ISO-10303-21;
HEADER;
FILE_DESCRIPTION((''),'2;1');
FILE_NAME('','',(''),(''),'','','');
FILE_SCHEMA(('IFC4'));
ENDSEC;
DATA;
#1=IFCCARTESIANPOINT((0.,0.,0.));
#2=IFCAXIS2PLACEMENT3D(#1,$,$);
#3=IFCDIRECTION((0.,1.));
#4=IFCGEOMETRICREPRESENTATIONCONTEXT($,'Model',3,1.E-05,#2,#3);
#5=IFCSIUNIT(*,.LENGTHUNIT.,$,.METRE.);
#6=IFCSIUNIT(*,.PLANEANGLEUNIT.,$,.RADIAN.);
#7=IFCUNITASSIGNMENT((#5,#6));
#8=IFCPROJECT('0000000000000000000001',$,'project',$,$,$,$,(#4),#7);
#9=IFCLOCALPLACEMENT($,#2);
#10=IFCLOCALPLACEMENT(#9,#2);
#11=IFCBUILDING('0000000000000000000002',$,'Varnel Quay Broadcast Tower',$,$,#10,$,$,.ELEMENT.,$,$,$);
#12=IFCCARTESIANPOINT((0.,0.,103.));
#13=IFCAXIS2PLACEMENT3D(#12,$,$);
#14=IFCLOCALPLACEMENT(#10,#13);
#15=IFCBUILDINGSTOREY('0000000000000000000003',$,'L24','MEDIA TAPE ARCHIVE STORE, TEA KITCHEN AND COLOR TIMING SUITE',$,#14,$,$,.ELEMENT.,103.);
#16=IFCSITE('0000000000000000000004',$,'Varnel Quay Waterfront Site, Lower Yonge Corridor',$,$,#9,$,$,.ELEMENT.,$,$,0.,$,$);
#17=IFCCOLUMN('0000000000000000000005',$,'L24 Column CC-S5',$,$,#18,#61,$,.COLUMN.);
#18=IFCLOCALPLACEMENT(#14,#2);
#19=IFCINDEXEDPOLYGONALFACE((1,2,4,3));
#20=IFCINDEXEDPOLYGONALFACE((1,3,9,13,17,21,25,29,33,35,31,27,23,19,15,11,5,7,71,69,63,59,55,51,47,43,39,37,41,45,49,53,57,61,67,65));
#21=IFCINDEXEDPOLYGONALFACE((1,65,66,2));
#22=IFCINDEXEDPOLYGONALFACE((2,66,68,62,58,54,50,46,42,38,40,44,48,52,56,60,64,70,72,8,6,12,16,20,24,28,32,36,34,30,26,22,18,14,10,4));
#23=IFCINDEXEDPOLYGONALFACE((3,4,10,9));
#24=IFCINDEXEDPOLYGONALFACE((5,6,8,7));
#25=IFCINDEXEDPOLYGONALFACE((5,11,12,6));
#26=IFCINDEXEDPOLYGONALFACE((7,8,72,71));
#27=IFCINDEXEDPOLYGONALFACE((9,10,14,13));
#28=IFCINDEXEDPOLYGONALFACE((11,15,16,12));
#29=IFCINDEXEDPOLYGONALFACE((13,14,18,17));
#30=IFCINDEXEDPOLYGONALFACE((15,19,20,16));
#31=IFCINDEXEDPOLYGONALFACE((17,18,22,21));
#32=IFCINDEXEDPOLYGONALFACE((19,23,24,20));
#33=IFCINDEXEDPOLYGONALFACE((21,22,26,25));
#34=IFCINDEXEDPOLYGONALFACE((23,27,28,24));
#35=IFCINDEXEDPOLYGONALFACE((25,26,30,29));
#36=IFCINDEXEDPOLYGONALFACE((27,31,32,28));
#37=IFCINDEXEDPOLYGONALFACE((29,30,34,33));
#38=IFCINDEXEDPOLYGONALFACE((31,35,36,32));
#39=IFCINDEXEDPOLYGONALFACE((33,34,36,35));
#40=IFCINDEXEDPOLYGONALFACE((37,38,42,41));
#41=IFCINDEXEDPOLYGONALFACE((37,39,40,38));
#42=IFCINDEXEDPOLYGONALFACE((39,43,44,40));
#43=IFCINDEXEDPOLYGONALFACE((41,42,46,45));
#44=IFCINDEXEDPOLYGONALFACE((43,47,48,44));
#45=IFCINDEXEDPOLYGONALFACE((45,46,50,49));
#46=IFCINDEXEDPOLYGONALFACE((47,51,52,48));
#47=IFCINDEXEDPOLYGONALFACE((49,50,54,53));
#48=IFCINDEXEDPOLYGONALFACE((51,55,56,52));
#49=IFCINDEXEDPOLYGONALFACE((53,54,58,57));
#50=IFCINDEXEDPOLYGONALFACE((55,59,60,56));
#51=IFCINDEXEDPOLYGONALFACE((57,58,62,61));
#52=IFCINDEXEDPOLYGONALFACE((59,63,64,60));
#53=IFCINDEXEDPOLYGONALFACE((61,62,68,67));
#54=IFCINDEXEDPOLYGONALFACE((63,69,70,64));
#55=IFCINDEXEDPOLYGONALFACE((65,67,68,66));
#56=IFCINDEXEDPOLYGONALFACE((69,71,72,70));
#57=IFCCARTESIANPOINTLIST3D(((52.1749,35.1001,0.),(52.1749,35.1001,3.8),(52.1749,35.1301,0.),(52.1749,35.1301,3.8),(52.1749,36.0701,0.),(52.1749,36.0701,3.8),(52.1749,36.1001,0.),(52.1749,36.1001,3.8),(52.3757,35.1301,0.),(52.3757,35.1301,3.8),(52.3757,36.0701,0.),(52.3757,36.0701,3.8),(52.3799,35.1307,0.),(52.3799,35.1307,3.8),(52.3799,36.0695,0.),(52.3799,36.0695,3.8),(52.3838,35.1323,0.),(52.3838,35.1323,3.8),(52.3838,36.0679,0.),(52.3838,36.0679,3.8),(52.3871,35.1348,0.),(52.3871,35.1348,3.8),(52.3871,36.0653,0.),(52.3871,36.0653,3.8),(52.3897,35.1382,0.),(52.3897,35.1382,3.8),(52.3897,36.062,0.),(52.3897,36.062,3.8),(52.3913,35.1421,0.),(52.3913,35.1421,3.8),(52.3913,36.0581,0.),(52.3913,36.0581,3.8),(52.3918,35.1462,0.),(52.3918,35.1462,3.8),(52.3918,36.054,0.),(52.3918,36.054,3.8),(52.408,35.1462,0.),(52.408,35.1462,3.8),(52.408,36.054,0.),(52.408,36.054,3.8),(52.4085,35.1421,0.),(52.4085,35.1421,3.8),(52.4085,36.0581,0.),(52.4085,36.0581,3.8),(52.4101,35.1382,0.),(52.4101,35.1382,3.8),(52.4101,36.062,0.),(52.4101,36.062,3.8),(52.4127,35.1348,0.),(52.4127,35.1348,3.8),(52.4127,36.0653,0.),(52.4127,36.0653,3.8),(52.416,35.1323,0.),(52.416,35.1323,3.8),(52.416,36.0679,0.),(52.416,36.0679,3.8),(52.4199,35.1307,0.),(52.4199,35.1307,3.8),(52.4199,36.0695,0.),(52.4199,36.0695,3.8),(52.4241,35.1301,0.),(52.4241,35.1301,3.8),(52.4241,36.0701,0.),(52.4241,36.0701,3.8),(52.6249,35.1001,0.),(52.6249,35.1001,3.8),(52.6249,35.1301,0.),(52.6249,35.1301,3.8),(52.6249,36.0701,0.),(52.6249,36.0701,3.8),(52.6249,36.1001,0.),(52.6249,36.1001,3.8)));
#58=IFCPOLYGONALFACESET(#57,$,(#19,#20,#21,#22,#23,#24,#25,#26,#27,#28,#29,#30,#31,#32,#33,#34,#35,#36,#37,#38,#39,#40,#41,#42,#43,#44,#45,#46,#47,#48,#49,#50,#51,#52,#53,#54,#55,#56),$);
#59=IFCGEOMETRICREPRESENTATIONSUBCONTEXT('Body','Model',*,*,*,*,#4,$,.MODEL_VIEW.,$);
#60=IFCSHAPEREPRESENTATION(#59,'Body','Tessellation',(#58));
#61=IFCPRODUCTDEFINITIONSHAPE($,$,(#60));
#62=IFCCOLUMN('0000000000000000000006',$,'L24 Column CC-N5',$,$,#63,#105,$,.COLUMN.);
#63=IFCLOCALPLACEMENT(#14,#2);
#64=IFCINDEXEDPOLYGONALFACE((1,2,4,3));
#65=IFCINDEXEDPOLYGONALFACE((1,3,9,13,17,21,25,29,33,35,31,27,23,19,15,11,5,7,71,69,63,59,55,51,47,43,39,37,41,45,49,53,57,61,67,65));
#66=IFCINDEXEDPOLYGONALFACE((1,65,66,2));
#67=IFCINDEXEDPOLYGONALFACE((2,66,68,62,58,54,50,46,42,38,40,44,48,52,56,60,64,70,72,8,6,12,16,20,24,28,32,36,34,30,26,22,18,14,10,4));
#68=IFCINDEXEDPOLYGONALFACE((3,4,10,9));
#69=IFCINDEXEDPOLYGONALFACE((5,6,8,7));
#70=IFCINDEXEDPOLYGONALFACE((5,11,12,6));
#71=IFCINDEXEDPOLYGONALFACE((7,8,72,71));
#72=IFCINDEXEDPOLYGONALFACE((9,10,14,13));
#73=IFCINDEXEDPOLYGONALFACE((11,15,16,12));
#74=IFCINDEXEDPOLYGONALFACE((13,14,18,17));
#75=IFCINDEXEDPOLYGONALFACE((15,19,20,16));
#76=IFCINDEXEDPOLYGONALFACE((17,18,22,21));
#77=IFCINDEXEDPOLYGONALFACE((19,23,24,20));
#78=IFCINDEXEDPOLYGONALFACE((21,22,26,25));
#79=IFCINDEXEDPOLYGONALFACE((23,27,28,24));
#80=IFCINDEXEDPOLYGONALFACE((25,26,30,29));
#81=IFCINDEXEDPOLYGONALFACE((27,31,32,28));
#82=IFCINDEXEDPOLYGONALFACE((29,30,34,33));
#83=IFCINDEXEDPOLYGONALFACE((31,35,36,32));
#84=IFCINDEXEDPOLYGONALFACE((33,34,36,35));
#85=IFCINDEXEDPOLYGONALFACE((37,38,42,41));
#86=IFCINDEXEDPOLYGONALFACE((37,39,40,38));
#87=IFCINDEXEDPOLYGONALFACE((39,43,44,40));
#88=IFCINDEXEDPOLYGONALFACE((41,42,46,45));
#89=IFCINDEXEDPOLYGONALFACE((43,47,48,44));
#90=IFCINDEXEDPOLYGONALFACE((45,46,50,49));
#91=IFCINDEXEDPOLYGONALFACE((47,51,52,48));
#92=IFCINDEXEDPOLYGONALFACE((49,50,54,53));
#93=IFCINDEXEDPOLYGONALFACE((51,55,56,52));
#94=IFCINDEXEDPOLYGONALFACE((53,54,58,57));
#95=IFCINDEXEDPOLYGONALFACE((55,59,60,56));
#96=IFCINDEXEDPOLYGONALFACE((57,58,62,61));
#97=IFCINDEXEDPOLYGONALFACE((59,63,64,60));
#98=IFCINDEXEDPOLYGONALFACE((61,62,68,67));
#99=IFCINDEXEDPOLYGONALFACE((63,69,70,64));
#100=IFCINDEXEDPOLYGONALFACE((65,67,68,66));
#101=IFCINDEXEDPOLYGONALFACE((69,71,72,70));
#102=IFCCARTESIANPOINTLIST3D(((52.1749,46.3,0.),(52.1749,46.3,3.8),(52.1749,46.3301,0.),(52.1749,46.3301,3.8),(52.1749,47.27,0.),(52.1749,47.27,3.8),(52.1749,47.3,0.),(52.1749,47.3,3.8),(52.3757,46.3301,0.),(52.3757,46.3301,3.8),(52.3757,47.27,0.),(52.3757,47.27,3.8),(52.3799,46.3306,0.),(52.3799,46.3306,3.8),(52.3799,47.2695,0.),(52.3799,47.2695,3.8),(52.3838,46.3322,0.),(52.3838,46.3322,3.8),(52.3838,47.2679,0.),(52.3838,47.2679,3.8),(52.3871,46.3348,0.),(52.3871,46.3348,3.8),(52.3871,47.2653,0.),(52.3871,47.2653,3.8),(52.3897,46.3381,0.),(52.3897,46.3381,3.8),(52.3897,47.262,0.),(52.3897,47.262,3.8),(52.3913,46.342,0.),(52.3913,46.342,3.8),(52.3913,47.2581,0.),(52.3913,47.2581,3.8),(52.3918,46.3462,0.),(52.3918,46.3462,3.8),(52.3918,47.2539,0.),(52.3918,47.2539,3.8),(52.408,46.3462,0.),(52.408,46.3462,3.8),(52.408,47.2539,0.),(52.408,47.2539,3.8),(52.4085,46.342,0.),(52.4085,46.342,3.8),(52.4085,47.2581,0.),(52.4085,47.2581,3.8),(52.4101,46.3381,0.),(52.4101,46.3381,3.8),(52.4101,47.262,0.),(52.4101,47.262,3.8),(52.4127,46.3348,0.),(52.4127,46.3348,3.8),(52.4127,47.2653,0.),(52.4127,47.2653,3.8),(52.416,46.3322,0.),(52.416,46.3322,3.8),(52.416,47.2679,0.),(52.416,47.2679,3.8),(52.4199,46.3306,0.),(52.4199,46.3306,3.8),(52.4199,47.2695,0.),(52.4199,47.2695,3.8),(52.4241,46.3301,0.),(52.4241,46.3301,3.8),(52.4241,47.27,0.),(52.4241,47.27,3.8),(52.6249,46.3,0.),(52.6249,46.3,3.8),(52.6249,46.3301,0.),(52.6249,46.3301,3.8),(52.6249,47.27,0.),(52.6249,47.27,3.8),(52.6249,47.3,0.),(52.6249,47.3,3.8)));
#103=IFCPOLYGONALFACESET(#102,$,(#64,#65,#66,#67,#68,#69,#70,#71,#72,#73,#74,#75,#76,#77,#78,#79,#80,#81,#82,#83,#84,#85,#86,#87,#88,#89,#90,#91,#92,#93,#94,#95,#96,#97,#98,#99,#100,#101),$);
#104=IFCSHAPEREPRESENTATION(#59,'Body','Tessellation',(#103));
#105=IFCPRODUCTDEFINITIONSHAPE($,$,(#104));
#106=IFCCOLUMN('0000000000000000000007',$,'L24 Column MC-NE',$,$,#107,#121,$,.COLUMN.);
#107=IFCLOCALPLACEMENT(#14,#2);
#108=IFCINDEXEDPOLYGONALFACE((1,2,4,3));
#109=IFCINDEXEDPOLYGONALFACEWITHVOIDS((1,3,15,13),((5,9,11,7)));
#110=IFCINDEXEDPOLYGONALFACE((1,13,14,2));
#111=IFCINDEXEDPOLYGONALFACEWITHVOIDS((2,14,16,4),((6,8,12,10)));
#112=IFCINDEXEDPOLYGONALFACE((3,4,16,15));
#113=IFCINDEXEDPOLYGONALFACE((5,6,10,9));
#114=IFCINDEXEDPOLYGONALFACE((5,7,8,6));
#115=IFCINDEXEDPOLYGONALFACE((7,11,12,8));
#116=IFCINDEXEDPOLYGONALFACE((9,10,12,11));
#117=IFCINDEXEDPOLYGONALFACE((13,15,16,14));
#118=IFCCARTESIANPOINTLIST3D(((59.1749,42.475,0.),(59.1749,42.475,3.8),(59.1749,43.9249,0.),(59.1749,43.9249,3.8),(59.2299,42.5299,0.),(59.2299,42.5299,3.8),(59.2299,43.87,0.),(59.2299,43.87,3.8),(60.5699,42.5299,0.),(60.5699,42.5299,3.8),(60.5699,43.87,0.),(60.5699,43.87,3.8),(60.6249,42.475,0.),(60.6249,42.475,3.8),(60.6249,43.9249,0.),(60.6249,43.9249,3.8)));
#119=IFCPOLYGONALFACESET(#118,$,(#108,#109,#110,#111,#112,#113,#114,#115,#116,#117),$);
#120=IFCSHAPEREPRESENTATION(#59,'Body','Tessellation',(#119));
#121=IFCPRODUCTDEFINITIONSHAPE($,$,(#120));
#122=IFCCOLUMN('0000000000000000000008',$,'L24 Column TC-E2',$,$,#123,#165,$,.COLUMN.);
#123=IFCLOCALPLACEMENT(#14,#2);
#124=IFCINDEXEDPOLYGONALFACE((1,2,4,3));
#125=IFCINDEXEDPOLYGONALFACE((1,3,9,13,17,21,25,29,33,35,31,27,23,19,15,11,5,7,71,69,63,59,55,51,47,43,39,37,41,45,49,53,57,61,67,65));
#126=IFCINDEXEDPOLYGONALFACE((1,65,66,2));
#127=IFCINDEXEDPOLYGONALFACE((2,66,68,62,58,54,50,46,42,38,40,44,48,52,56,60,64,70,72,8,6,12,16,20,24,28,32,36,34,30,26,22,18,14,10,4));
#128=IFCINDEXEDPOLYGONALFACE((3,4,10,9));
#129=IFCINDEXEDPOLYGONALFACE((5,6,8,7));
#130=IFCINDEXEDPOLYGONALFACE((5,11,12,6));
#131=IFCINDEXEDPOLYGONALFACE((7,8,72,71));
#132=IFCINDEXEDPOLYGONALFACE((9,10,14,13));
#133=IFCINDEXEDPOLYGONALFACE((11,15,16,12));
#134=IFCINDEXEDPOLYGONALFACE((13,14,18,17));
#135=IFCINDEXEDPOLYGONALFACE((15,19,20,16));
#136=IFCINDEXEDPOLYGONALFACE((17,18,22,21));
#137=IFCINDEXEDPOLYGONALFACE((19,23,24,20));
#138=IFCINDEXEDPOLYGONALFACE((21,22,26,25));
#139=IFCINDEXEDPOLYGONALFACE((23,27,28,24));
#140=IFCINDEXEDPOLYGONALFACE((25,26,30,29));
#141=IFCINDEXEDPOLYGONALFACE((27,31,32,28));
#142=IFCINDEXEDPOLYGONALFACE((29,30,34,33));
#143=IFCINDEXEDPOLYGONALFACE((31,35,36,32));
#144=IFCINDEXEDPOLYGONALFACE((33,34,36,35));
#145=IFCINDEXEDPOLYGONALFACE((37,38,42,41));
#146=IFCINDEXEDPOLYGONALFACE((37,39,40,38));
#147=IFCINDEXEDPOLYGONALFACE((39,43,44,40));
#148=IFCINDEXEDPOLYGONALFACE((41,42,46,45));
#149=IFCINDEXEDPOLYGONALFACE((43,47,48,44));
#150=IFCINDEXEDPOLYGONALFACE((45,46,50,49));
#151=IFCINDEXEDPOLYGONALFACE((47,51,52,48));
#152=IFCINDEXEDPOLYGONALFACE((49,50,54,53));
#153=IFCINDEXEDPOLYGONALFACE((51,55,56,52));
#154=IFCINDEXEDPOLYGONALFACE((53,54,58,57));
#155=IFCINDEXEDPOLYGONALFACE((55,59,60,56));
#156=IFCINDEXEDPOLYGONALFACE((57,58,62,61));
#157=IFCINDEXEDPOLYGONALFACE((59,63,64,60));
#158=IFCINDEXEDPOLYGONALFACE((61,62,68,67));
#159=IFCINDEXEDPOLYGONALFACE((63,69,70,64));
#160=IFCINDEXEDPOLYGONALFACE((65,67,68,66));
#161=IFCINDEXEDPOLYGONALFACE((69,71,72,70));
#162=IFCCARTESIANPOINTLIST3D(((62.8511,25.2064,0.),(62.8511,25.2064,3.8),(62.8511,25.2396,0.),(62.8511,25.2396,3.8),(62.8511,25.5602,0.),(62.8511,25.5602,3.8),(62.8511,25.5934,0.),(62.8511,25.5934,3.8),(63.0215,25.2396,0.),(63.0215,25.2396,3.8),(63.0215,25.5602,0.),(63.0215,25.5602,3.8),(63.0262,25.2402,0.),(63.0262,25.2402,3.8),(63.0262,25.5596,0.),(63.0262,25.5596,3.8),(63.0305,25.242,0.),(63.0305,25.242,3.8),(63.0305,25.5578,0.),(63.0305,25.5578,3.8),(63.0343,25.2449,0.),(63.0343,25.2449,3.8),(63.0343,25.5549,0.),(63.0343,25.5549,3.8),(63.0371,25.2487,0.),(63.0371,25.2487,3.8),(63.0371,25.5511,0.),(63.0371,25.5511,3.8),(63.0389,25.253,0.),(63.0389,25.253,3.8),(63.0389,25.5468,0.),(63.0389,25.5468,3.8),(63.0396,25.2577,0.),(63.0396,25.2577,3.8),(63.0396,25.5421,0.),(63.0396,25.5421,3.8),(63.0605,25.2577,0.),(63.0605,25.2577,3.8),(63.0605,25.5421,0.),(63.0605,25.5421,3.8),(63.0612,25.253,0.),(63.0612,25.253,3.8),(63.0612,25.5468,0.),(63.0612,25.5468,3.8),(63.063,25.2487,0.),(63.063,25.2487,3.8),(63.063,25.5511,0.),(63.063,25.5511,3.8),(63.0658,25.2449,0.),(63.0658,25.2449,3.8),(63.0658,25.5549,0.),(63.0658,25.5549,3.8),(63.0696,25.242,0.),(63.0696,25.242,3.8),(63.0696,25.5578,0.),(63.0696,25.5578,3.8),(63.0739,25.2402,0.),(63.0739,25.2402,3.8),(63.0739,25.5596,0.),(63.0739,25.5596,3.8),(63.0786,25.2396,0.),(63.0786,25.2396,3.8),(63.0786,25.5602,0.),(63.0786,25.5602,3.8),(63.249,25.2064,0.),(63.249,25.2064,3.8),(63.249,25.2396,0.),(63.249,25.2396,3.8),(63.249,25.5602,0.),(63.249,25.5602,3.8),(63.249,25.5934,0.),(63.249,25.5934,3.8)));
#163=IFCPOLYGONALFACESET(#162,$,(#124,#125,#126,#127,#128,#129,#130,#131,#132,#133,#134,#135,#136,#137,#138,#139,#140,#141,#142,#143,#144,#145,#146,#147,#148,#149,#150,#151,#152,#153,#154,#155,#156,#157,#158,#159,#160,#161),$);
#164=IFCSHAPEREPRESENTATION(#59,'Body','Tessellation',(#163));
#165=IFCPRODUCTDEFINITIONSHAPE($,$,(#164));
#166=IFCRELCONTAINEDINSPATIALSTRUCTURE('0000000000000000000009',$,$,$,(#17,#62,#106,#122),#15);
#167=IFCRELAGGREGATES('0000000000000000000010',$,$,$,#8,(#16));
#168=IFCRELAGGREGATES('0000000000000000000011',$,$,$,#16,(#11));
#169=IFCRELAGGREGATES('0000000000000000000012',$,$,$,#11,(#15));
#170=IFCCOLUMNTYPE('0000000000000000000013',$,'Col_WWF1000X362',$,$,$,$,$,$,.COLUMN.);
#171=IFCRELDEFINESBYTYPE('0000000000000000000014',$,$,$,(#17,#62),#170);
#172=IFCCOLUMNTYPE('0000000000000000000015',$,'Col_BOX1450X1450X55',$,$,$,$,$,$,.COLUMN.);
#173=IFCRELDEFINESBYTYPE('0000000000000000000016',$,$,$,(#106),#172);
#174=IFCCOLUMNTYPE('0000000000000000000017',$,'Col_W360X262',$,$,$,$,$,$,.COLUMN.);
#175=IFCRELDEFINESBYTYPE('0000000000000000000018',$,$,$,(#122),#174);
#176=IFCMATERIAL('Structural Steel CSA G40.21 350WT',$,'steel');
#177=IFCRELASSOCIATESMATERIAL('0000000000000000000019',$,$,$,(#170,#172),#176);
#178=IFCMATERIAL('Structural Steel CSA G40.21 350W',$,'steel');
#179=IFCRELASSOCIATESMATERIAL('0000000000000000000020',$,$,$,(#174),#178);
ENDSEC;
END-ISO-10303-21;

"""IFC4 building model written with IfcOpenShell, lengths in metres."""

from ifc_helpers import new_model, si_unit, direction, frame, origin, origin_2d, place, context, subcontext, project, spatial, hollow_rectangle, i_section, extrude, source, transform, mapped, material, material_profile, profile_set, type_object, type_shapes, element, save


model = new_model("IFC4")

# Units and contexts
model_context = context("Model", 3, precision=1e-05, world=origin(), true_north=direction((0.0, 1.0)))
body_context = subcontext(model_context, "Body", "Model", "MODEL_VIEW")
ifc_project = project(units=[si_unit("LENGTHUNIT", "METRE"), si_unit("PLANEANGLEUNIT", "RADIAN")], contexts=[model_context])

# Site, building, storey
site_placement = place(None, origin())
site = spatial("IfcSite", under=ifc_project, at=site_placement, Name="Varnel Quay Waterfront Site, Lower Yonge Corridor", CompositionType="ELEMENT", RefElevation=0.0)
building_placement = place(site_placement, origin())
building = spatial("IfcBuilding", under=site, at=building_placement, Name="Varnel Quay Broadcast Tower", CompositionType="ELEMENT")
storey_placement = place(building_placement, frame((0.0, 0.0, 103.0)))
storey = spatial("IfcBuildingStorey", under=building, at=storey_placement, Name="L24", Description="MEDIA TAPE ARCHIVE STORE, TEA KITCHEN AND COLOR TIMING SUITE", CompositionType="ELEMENT", Elevation=103.0)

# Columns
ifc_material_1 = material(Name="Structural Steel CSA G40.21 350WT", Category="steel")
ifc_material_profile_1 = material_profile(ifc_material_1, i_section(OverallWidth=0.45, OverallDepth=1.0, WebThickness=0.0161, FlangeThickness=0.03, FilletRadius=0.0161, at=origin_2d()), Name="WWF1000X362")
ifc_profile_set_1 = profile_set([ifc_material_profile_1], Name="Structural Steel CSA G40.21 350WT")
column_type_1 = type_object("IfcColumnType", Name="Col_WWF1000X362", PredefinedType="COLUMN", material=ifc_profile_set_1)
shared_shape_1 = source(origin(), body_context, "Body", "SweptSolid", [
    extrude(i_section(OverallWidth=0.45, OverallDepth=1.0, WebThickness=0.0161, FlangeThickness=0.03, FilletRadius=0.0161, at=origin_2d()), origin(), (0.0, 0.0, 1.0), 3.8),
])
type_shapes(column_type_1, [shared_shape_1])
for number, where, z_axis, x_axis, name in (
    (1, (52.3999, 35.6001, 0.0), (0.0, 0.0, 1.0), (1.0, 0.0, 0.0), "L24 Column CC-S5"),
    (2, (52.3999, 46.8, 0.0), (0.0, 0.0, 1.0), (1.0, 0.0, 0.0), "L24 Column CC-N5"),
):
    element("IfcColumn", number, at=place(storey_placement, frame(where, z_axis=z_axis, x_axis=x_axis)), inside=storey, type_object=column_type_1, Name=name, PredefinedType="COLUMN", context=body_context, shape_type="MappedRepresentation", body=[
        mapped(shared_shape_1, transform((0.0, 0.0, 0.0), x_axis=(1.0, 0.0, 0.0), y_axis=(0.0, 1.0, 0.0), z_axis=(0.0, 0.0, 1.0), scale=1.0)),
    ])
ifc_material_profile_2 = material_profile(ifc_material_1, hollow_rectangle(XDim=1.45, YDim=1.45, WallThickness=0.0549, at=origin_2d()), Name="BOX1450X1450X55")
ifc_profile_set_2 = profile_set([ifc_material_profile_2], Name="Structural Steel CSA G40.21 350WT")
column_type_2 = type_object("IfcColumnType", Name="Col_BOX1450X1450X55", PredefinedType="COLUMN", material=ifc_profile_set_2)
shared_shape_2 = source(origin(), body_context, "Body", "SweptSolid", [
    extrude(hollow_rectangle(XDim=1.45, YDim=1.45, WallThickness=0.0549, at=origin_2d()), origin(), (0.0, 0.0, 1.0), 3.8),
])
type_shapes(column_type_2, [shared_shape_2])
column_placement = place(storey_placement, frame((59.8999, 43.2, 0.0), z_axis=(0.0, 0.0, 1.0), x_axis=(1.0, 0.0, 0.0)))
element("IfcColumn", 3, at=column_placement, inside=storey, type_object=column_type_2, Name="L24 Column MC-NE", PredefinedType="COLUMN", context=body_context, shape_type="MappedRepresentation", body=[
    mapped(shared_shape_2, transform((0.0, 0.0, 0.0), x_axis=(1.0, 0.0, 0.0), y_axis=(0.0, 1.0, 0.0), z_axis=(0.0, 0.0, 1.0), scale=1.0)),
])
ifc_material_2 = material(Name="Structural Steel CSA G40.21 350W", Category="steel")
ifc_material_profile_3 = material_profile(ifc_material_2, i_section(OverallWidth=0.3979, OverallDepth=0.387, WebThickness=0.021, FlangeThickness=0.0332, FilletRadius=0.0181, at=origin_2d()), Name="W360X262")
ifc_profile_set_3 = profile_set([ifc_material_profile_3], Name="Structural Steel CSA G40.21 350W")
column_type_3 = type_object("IfcColumnType", Name="Col_W360X262", PredefinedType="COLUMN", material=ifc_profile_set_3)
shared_shape_3 = source(origin(), body_context, "Body", "SweptSolid", [
    extrude(i_section(OverallWidth=0.3979, OverallDepth=0.387, WebThickness=0.021, FlangeThickness=0.0332, FilletRadius=0.0181, at=origin_2d()), origin(), (0.0, 0.0, 1.0), 3.8),
])
type_shapes(column_type_3, [shared_shape_3])
for number, where, z_axis, x_axis, name in (
    (4, (63.05, 25.3999, 0.0), (0.0, 0.0, 1.0), (1.0, 0.0, 0.0), "L24 Column TC-E2"),
):
    element("IfcColumn", number, at=place(storey_placement, frame(where, z_axis=z_axis, x_axis=x_axis)), inside=storey, type_object=column_type_3, Name=name, PredefinedType="COLUMN", context=body_context, shape_type="MappedRepresentation", body=[
        mapped(shared_shape_3, transform((0.0, 0.0, 0.0), x_axis=(1.0, 0.0, 0.0), y_axis=(0.0, 1.0, 0.0), z_axis=(0.0, 0.0, 1.0), scale=1.0)),
    ])

save(model, "model.ifc")
